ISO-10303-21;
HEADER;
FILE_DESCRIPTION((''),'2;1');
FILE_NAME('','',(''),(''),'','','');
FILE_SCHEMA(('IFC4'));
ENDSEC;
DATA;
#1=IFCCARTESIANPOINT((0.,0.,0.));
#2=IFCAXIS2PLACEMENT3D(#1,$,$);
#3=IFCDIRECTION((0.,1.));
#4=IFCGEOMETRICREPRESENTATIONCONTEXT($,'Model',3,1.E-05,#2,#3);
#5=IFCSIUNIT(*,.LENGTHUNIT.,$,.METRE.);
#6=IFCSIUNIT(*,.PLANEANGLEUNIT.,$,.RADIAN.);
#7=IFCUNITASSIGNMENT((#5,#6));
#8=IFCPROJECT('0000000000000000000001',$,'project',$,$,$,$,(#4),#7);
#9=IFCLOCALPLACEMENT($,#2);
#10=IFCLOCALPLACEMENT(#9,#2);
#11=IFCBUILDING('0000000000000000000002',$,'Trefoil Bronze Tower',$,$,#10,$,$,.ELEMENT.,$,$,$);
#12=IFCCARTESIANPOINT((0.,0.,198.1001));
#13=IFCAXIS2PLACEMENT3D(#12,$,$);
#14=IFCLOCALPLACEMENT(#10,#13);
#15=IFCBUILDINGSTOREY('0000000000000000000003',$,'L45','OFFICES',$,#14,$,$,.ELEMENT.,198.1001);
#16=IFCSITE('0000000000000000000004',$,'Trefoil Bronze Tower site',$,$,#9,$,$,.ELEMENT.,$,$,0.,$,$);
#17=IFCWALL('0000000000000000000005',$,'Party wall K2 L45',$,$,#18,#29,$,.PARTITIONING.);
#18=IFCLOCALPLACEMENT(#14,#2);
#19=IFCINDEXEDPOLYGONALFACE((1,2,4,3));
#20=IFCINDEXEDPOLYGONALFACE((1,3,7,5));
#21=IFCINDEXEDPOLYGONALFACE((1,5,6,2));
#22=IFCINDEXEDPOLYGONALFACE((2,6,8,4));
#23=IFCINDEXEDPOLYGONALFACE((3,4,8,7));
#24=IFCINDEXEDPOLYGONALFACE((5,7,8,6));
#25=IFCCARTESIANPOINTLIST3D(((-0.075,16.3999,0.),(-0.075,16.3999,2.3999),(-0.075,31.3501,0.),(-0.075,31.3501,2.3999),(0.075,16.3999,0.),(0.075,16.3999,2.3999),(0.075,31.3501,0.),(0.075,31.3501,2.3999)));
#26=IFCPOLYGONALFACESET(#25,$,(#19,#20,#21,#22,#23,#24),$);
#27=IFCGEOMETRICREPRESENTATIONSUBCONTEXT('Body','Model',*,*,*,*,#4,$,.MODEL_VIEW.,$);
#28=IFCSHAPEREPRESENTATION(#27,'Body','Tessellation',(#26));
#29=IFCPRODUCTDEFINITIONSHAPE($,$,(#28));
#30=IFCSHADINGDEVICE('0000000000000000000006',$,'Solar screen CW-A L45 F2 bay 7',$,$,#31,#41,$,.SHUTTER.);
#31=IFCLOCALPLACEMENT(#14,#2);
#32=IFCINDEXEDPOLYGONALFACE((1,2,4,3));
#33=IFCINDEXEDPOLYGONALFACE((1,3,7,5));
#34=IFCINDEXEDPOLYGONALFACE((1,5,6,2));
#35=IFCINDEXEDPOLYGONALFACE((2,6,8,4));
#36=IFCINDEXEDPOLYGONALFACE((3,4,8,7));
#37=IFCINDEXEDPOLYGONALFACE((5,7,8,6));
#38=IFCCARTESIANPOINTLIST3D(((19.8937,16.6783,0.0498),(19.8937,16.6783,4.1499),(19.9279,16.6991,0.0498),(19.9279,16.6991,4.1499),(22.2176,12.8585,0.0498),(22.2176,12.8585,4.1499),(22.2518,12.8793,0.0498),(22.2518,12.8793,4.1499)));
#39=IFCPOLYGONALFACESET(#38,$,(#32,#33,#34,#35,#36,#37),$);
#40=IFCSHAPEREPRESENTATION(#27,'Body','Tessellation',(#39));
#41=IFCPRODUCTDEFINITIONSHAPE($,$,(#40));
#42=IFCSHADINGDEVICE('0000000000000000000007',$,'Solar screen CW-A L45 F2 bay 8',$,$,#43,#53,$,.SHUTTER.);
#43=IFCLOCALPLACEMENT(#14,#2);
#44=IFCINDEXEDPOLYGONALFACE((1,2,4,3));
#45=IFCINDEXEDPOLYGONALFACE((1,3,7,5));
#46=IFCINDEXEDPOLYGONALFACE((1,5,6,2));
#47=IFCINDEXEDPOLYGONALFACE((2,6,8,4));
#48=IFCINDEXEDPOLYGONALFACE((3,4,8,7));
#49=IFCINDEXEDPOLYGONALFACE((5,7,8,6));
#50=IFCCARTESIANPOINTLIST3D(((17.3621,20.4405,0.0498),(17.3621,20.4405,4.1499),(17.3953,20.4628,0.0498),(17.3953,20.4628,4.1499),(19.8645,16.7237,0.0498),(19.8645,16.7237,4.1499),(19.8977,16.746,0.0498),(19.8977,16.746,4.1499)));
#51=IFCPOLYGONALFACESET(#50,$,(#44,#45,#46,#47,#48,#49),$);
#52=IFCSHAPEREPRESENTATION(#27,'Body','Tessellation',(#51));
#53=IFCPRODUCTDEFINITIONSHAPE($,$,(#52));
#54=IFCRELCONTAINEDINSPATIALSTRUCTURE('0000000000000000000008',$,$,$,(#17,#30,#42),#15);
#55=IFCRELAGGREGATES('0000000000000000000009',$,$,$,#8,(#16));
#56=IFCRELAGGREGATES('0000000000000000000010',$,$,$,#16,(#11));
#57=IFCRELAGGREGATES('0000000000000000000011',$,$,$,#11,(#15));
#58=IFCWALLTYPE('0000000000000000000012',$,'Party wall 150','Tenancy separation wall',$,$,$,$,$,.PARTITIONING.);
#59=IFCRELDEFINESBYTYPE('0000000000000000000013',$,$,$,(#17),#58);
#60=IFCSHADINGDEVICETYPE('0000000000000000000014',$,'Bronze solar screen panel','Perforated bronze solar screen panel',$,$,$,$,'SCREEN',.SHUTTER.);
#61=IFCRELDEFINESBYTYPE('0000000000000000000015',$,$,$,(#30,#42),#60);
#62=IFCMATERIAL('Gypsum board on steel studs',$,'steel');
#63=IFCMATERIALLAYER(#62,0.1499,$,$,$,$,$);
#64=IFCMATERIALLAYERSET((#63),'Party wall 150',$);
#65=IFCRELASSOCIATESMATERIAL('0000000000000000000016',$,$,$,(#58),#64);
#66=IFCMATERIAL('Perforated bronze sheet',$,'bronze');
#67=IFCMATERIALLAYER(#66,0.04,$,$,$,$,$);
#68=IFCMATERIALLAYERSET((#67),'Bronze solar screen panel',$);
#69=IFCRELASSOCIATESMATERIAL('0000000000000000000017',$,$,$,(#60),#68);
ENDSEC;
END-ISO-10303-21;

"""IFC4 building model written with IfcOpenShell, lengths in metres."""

from ifc_helpers import new_model, si_unit, direction, frame, frame_2d, origin, origin_2d, place, context, subcontext, project, spatial, rectangle, extrude, material, layer, layer_set, type_object, element, save


model = new_model("IFC4")

# Units and contexts
model_context = context("Model", 3, precision=1e-05, world=origin(), true_north=direction((0.0, 1.0)))
body_context = subcontext(model_context, "Body", "Model", "MODEL_VIEW")
ifc_project = project(units=[si_unit("LENGTHUNIT", "METRE"), si_unit("PLANEANGLEUNIT", "RADIAN")], contexts=[model_context])

# Site, building, storey
site_placement = place(None, origin())
site = spatial("IfcSite", under=ifc_project, at=site_placement, Name="Trefoil Bronze Tower site", CompositionType="ELEMENT", RefElevation=0.0)
building_placement = place(site_placement, origin())
building = spatial("IfcBuilding", under=site, at=building_placement, Name="Trefoil Bronze Tower", CompositionType="ELEMENT")
storey_placement = place(building_placement, frame((0.0, 0.0, 198.1001)))
storey = spatial("IfcBuildingStorey", under=building, at=storey_placement, Name="L45", Description="OFFICES", CompositionType="ELEMENT", Elevation=198.1001)

# Wall
ifc_material_1 = material(Name="Gypsum board on steel studs", Category="steel")
ifc_layer_1 = layer(ifc_material_1, 0.1499)
ifc_layer_set_1 = layer_set([ifc_layer_1], Name="Party wall 150")
wall_type_1 = type_object("IfcWallType", Name="Party wall 150", Description="Tenancy separation wall", PredefinedType="PARTITIONING", material=ifc_layer_set_1)
wall_1_placement = place(storey_placement, frame((0.0, 16.3999, 0.0), z_axis=(0.0, 0.0, 1.0), x_axis=(0.0, 1.0, 0.0)))
element("IfcWall", 1, at=wall_1_placement, inside=storey, type_object=wall_type_1, Name="Party wall K2 L45", PredefinedType="PARTITIONING", context=body_context, shape_type="SweptSolid", body=[
    extrude(rectangle(XDim=14.9502, YDim=0.1499, at=frame_2d((7.4751, 0.0))), origin(), (0.0, 0.0, 1.0), 2.3999),
])

# Shading devices
ifc_material_2 = material(Name="Perforated bronze sheet", Category="bronze")
ifc_layer_2 = layer(ifc_material_2, 0.04)
ifc_layer_set_2 = layer_set([ifc_layer_2], Name="Bronze solar screen panel")
shading_device_type = type_object("IfcShadingDeviceType", Name="Bronze solar screen panel", Description="Perforated bronze solar screen panel", ElementType="SCREEN", PredefinedType="SHUTTER", material=ifc_layer_set_2)
shading_device_1_placement = place(storey_placement, frame((21.0728, 14.7788, 0.0498), z_axis=(0.0, 0.0, 1.0), x_axis=(-0.519762, 0.854311, 0.0)))
element("IfcShadingDevice", 2, at=shading_device_1_placement, inside=storey, type_object=shading_device_type, Name="Solar screen CW-A L45 F2 bay 7", PredefinedType="SHUTTER", context=body_context, shape_type="SweptSolid", body=[
    extrude(rectangle(XDim=4.4712, YDim=0.04, at=origin_2d()), origin(), (0.0, 0.0, 1.0), 4.1001),
])
shading_device_2_placement = place(storey_placement, frame((18.6299, 18.5933, 0.0498), z_axis=(0.0, 0.0, 1.0), x_axis=(-0.558493, 0.829509, 0.0)))
element("IfcShadingDevice", 3, at=shading_device_2_placement, inside=storey, type_object=shading_device_type, Name="Solar screen CW-A L45 F2 bay 8", PredefinedType="SHUTTER", context=body_context, shape_type="SweptSolid", body=[
    extrude(rectangle(XDim=4.4807, YDim=0.04, at=origin_2d()), origin(), (0.0, 0.0, 1.0), 4.1001),
])

save(model, "model.ifc")
